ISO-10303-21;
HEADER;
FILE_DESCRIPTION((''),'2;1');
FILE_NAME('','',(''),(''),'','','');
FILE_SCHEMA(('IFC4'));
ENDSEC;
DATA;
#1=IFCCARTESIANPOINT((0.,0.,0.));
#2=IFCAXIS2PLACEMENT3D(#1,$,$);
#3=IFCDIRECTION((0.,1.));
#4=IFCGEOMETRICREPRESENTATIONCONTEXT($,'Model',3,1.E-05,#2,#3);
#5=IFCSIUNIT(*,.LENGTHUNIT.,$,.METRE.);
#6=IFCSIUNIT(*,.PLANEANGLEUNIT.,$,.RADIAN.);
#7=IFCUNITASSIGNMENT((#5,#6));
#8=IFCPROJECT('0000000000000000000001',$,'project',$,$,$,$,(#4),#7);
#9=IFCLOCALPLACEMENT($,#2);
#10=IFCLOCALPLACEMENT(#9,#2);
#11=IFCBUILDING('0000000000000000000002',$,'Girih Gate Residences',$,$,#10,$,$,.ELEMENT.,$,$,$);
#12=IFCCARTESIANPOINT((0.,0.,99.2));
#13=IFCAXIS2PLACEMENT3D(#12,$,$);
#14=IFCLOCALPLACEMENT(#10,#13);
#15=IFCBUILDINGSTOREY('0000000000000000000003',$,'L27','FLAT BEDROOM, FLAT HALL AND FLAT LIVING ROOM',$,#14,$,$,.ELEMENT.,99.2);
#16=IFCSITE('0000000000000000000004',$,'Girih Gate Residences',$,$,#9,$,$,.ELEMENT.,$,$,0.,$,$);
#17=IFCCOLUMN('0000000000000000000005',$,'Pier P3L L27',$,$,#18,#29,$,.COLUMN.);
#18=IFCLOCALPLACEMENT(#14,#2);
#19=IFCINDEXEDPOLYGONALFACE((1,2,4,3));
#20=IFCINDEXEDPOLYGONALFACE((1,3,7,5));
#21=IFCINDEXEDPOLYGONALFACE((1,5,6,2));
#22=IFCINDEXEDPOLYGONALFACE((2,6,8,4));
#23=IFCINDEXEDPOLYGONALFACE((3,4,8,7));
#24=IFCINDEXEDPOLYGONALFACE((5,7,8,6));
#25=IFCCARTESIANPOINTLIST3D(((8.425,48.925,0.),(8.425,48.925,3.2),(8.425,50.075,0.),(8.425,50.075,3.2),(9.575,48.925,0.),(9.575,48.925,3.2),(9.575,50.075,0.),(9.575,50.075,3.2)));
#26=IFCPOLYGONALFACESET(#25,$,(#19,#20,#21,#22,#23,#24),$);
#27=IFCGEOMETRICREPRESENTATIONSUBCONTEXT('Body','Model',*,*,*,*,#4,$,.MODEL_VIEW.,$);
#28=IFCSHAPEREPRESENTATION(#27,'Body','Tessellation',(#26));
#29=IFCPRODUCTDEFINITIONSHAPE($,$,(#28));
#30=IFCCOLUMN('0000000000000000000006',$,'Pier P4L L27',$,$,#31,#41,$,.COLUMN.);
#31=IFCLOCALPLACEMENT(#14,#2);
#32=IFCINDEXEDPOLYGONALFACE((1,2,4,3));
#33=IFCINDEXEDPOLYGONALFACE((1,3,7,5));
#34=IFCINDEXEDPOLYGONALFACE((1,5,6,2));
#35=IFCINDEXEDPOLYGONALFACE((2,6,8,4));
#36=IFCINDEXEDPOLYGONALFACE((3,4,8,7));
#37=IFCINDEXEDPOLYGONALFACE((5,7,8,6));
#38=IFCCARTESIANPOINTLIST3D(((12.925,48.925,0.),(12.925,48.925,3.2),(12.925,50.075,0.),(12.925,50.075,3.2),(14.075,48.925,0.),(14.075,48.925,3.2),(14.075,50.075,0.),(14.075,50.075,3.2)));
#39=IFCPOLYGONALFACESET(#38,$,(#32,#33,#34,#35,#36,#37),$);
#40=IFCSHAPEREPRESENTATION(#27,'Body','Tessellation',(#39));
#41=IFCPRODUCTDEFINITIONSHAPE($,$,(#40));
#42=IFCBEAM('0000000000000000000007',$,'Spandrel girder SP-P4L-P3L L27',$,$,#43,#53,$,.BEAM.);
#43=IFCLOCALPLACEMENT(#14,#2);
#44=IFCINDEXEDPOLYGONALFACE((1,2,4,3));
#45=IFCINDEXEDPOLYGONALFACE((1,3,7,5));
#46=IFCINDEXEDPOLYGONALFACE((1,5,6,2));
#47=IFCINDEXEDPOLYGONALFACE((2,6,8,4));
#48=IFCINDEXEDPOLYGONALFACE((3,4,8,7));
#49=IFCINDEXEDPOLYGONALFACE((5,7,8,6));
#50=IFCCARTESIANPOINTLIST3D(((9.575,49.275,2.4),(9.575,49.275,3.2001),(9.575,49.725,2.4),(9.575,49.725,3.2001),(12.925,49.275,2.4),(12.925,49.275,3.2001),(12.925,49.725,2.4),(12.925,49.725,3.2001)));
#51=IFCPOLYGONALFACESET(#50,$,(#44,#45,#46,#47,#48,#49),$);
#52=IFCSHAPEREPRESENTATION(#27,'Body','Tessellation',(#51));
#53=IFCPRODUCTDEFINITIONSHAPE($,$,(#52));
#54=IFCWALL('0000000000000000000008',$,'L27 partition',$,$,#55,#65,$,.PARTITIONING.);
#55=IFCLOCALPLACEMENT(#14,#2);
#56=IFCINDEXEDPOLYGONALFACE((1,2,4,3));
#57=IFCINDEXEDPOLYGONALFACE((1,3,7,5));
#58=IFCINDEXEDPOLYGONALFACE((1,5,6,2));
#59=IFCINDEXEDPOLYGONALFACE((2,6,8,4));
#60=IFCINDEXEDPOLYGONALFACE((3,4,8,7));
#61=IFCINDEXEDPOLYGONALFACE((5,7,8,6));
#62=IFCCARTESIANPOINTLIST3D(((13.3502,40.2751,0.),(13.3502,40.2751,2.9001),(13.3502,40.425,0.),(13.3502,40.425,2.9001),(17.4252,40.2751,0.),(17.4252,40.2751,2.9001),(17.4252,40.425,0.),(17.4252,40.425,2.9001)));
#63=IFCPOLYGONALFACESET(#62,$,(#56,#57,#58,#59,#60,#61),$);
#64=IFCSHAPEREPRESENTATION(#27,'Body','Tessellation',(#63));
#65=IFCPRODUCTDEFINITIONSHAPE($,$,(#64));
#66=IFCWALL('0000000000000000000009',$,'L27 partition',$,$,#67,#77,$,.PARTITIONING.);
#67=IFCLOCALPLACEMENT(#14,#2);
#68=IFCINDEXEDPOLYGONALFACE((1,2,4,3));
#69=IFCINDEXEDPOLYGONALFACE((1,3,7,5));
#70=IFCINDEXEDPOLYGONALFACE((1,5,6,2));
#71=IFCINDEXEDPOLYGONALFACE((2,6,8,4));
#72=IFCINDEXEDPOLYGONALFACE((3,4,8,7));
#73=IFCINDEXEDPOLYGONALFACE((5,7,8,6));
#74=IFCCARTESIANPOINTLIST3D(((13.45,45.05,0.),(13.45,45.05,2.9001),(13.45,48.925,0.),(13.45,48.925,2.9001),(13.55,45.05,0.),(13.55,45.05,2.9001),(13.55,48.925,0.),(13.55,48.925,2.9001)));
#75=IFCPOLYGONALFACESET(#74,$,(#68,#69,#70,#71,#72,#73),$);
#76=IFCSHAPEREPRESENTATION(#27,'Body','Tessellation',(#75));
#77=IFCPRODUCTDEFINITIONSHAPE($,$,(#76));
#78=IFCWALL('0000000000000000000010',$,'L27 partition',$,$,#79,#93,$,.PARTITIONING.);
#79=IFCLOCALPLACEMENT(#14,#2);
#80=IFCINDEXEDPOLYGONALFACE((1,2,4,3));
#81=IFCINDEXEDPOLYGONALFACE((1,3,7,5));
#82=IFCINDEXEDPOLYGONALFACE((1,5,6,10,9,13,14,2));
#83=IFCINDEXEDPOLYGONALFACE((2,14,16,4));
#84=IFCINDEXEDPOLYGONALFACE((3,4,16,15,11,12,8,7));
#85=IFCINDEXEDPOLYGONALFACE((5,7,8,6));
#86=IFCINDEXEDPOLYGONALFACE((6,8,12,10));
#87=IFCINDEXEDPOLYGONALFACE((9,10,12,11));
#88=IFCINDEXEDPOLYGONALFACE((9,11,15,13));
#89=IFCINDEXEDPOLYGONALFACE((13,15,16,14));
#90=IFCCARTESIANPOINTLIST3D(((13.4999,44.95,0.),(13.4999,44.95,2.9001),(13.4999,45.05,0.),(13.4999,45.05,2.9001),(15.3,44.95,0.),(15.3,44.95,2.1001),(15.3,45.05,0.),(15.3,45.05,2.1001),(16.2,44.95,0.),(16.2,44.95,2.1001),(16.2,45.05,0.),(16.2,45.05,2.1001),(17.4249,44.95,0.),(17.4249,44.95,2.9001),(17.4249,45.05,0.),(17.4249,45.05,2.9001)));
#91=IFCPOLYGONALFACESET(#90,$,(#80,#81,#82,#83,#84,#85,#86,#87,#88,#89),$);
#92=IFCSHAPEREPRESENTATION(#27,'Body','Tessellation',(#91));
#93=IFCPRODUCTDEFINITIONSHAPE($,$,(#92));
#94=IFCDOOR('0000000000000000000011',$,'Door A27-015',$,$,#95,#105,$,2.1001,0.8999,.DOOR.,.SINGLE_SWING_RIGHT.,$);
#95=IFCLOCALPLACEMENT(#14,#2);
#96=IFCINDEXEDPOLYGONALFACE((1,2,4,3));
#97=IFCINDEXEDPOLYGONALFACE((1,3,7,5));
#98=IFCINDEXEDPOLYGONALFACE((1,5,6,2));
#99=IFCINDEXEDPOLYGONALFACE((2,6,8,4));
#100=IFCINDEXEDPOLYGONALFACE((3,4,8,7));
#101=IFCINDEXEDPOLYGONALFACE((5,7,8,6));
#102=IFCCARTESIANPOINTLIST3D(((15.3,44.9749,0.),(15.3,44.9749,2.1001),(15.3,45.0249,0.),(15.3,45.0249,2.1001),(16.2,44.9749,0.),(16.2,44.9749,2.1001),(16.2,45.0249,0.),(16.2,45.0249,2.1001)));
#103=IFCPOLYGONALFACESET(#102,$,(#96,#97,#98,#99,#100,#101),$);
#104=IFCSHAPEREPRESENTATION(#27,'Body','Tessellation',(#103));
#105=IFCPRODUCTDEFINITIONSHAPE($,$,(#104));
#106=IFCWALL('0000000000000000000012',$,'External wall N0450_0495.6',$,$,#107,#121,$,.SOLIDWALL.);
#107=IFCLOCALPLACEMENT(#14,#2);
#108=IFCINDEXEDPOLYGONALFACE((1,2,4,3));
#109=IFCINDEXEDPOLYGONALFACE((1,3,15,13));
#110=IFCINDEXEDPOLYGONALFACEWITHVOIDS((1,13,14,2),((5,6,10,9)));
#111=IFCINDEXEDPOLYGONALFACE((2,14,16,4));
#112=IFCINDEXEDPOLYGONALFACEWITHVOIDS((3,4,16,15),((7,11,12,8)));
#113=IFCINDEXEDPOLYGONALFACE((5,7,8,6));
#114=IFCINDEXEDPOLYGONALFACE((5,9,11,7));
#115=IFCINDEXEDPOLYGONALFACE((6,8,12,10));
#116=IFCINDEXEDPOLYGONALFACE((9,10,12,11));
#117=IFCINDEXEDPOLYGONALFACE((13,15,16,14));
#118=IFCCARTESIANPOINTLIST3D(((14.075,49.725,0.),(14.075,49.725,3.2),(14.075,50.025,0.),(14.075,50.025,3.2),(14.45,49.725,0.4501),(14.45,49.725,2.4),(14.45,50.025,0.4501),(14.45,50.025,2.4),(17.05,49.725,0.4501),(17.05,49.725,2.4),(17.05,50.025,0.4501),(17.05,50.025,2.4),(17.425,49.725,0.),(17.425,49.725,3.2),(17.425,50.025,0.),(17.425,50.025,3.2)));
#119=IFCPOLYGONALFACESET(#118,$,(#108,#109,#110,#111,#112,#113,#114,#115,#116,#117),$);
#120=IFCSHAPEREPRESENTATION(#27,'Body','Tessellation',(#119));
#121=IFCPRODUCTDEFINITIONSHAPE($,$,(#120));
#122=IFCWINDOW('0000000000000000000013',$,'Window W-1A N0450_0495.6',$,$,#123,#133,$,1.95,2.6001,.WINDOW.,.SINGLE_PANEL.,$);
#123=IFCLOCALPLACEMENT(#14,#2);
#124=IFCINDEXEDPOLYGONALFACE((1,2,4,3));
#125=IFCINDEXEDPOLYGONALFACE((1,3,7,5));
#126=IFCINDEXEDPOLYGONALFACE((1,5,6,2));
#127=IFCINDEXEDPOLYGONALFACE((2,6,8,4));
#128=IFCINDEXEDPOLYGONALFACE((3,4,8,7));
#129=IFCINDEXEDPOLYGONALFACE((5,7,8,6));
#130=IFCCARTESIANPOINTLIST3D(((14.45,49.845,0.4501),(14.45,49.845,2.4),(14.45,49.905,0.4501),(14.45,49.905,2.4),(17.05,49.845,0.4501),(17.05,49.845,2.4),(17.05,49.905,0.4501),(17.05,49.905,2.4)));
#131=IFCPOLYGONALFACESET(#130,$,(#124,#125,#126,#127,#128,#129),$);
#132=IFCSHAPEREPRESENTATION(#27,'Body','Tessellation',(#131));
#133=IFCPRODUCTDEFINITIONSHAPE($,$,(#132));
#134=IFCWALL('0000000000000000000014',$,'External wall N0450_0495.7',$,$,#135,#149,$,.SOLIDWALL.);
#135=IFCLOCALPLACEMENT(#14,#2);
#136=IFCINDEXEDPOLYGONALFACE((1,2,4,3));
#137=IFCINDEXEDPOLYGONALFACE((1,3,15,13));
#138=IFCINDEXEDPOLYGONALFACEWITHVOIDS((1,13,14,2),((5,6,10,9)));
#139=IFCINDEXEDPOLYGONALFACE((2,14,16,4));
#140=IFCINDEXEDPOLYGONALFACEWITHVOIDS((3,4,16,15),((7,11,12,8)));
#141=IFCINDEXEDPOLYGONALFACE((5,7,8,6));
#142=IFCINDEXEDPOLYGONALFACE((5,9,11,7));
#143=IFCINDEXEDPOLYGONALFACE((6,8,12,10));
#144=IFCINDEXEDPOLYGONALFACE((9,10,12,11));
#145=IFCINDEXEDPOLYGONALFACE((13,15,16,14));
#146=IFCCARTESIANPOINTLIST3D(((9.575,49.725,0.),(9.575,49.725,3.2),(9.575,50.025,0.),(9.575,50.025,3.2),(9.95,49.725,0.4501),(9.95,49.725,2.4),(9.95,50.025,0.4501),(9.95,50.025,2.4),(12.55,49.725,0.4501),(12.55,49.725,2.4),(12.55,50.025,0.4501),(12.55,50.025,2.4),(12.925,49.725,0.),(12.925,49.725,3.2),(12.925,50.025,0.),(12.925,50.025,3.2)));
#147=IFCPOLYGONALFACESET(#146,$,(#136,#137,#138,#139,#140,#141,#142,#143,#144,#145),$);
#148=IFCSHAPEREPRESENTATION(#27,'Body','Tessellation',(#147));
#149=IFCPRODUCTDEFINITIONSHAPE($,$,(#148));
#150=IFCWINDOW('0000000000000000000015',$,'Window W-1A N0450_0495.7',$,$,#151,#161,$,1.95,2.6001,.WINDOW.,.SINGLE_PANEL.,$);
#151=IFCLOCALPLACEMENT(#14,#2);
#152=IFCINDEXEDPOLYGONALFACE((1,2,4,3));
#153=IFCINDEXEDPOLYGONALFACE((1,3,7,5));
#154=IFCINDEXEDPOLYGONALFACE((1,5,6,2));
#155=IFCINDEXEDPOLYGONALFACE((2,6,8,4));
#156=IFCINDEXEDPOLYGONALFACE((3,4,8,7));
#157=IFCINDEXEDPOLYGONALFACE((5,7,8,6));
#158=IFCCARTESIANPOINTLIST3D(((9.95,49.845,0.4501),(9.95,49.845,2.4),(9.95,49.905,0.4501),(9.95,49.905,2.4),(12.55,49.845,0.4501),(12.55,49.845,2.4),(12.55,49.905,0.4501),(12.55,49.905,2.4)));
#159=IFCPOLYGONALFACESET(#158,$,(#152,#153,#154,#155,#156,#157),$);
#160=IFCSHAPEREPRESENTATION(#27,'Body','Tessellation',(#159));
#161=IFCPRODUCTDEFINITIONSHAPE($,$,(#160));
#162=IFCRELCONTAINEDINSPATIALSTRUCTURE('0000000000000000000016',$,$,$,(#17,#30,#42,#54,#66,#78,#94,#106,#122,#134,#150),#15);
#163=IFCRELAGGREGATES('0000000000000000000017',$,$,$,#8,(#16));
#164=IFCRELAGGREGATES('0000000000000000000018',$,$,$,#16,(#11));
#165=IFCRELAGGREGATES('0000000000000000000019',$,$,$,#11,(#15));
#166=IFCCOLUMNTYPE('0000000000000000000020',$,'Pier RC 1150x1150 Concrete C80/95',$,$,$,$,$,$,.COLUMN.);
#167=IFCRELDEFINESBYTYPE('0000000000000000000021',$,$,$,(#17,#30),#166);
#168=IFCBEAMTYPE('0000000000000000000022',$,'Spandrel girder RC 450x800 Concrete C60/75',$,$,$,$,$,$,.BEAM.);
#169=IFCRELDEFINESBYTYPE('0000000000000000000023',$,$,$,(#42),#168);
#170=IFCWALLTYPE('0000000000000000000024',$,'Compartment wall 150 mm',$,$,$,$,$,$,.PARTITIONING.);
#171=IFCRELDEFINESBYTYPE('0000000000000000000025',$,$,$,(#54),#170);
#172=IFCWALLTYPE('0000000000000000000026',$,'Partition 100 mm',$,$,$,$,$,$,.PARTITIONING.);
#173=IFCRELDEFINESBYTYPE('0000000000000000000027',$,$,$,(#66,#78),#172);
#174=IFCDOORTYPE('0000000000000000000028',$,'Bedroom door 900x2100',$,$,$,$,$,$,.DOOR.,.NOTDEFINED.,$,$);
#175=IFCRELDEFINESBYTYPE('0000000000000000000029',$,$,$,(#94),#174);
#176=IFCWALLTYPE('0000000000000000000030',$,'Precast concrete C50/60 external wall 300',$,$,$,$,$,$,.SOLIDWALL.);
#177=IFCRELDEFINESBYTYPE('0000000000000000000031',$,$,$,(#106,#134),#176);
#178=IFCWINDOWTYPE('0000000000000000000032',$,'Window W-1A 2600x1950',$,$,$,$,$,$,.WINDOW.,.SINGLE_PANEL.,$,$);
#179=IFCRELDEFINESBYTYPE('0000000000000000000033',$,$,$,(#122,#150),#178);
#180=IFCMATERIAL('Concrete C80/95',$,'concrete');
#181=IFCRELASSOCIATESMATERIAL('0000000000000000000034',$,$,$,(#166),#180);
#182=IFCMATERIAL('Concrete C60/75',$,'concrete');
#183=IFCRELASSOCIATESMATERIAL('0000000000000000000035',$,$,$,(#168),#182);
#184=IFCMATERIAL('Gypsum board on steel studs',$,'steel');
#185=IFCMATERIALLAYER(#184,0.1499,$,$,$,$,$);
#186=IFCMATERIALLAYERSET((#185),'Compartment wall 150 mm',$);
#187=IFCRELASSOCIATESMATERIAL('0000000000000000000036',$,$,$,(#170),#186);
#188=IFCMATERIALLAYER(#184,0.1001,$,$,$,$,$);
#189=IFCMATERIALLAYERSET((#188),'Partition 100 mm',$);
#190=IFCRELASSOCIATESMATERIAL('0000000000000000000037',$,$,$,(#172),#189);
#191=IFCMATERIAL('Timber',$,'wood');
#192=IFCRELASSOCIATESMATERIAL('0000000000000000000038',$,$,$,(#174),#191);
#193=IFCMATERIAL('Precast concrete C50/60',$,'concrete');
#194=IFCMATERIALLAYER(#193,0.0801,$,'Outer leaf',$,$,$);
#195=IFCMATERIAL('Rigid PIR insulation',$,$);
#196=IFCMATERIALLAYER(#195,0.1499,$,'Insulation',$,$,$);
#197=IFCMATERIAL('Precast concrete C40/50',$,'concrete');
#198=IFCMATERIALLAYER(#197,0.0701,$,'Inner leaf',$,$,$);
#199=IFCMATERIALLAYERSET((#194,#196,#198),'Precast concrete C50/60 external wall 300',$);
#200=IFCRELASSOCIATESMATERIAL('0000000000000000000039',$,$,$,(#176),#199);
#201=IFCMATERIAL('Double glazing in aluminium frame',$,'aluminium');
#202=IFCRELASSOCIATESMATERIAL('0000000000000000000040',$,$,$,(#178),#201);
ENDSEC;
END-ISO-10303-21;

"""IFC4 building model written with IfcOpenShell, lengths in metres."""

from ifc_helpers import new_model, si_unit, direction, frame, frame_2d, origin, origin_2d, place, context, subcontext, project, spatial, rectangle, extrude, material, layer, layer_set, material_profile, profile_set, type_object, element, fill, save


model = new_model("IFC4")

# Units and contexts
model_context = context("Model", 3, precision=1e-05, world=origin(), true_north=direction((0.0, 1.0)))
body_context = subcontext(model_context, "Body", "Model", "MODEL_VIEW")
ifc_project = project(units=[si_unit("LENGTHUNIT", "METRE"), si_unit("PLANEANGLEUNIT", "RADIAN")], contexts=[model_context])

# Site, building, storey
site_placement = place(None, origin())
site = spatial("IfcSite", under=ifc_project, at=site_placement, Name="Girih Gate Residences", CompositionType="ELEMENT", RefElevation=0.0)
building_placement = place(site_placement, origin())
building = spatial("IfcBuilding", under=site, at=building_placement, Name="Girih Gate Residences", CompositionType="ELEMENT")
storey_placement = place(building_placement, frame((0.0, 0.0, 99.2)))
storey = spatial("IfcBuildingStorey", under=building, at=storey_placement, Name="L27", Description="FLAT BEDROOM, FLAT HALL AND FLAT LIVING ROOM", CompositionType="ELEMENT", Elevation=99.2)

# Columns
ifc_material_1 = material(Name="Concrete C80/95", Category="concrete")
ifc_material_profile_1 = material_profile(ifc_material_1, rectangle(XDim=1.1499, YDim=1.1499, at=origin_2d()))
ifc_profile_set_1 = profile_set([ifc_material_profile_1], Name="Concrete C80/95")
column_type = type_object("IfcColumnType", Name="Pier RC 1150x1150 Concrete C80/95", PredefinedType="COLUMN", material=ifc_profile_set_1)
for number, where, z_axis, x_axis, name in (
    (1, (9.0, 49.5, 0.0), (0.0, 0.0, 1.0), (1.0, 0.0, 0.0), "Pier P3L L27"),
    (2, (13.5, 49.5, 0.0), (0.0, 0.0, 1.0), (1.0, 0.0, 0.0), "Pier P4L L27"),
):
    element("IfcColumn", number, at=place(storey_placement, frame(where, z_axis=z_axis, x_axis=x_axis)), inside=storey, type_object=column_type, Name=name, PredefinedType="COLUMN", context=body_context, shape_type="SweptSolid", body=[
        extrude(rectangle(XDim=1.1499, YDim=1.1499, at=origin_2d()), origin(), (0.0, 0.0, 1.0), 3.2),
    ])

# Beam
ifc_material_2 = material(Name="Concrete C60/75", Category="concrete")
ifc_material_profile_2 = material_profile(ifc_material_2, rectangle(XDim=0.45, YDim=0.8, at=origin_2d()))
ifc_profile_set_2 = profile_set([ifc_material_profile_2], Name="Concrete C60/75")
beam_type = type_object("IfcBeamType", Name="Spandrel girder RC 450x800 Concrete C60/75", PredefinedType="BEAM", material=ifc_profile_set_2)
beam_placement = place(storey_placement, frame((12.925, 49.5, 2.8), z_axis=(-1.0, 0.0, 0.0), x_axis=(0.0, -1.0, 0.0)))
element("IfcBeam", 3, at=beam_placement, inside=storey, type_object=beam_type, Name="Spandrel girder SP-P4L-P3L L27", PredefinedType="BEAM", context=body_context, shape_type="SweptSolid", body=[
    extrude(rectangle(XDim=0.45, YDim=0.8, at=origin_2d()), origin(), (0.0, 0.0, 1.0), 3.3501),
])

# Walls
ifc_material_3 = material(Name="Gypsum board on steel studs", Category="steel")
ifc_layer_1 = layer(ifc_material_3, 0.1499)
ifc_layer_set_1 = layer_set([ifc_layer_1], Name="Compartment wall 150 mm")
wall_type_1 = type_object("IfcWallType", Name="Compartment wall 150 mm", PredefinedType="PARTITIONING", material=ifc_layer_set_1)
wall_1_placement = place(storey_placement, frame((13.3501, 40.3501, 0.0), z_axis=(0.0, 0.0, 1.0), x_axis=(1.0, 0.0, 0.0)))
element("IfcWall", 4, at=wall_1_placement, inside=storey, type_object=wall_type_1, Name="L27 partition", PredefinedType="PARTITIONING", context=body_context, shape_type="SweptSolid", body=[
    extrude(rectangle(XDim=4.075, YDim=0.1499, at=frame_2d((2.0376, 0.0))), origin(), (0.0, 0.0, 1.0), 2.9001),
])
ifc_layer_2 = layer(ifc_material_3, 0.1001)
ifc_layer_set_2 = layer_set([ifc_layer_2], Name="Partition 100 mm")
wall_type_2 = type_object("IfcWallType", Name="Partition 100 mm", PredefinedType="PARTITIONING", material=ifc_layer_set_2)
wall_2_placement = place(storey_placement, frame((13.5, 45.05, 0.0), z_axis=(0.0, 0.0, 1.0), x_axis=(0.0, 1.0, 0.0)))
element("IfcWall", 5, at=wall_2_placement, inside=storey, type_object=wall_type_2, Name="L27 partition", PredefinedType="PARTITIONING", context=body_context, shape_type="SweptSolid", body=[
    extrude(rectangle(XDim=3.875, YDim=0.1001, at=frame_2d((1.9375, 0.0))), origin(), (0.0, 0.0, 1.0), 2.9001),
])

# Wall, opening, door
wall_3_placement = place(storey_placement, frame((13.5, 45.0, 0.0), z_axis=(0.0, 0.0, 1.0), x_axis=(1.0, 0.0, 0.0)))
wall_3 = element("IfcWall", 6, at=wall_3_placement, inside=storey, type_object=wall_type_2, Name="L27 partition", PredefinedType="PARTITIONING", context=body_context, shape_type="SweptSolid", body=[
    extrude(rectangle(XDim=3.925, YDim=0.1001, at=frame_2d((1.9624, 0.0))), origin(), (0.0, 0.0, 1.0), 2.9001),
])
opening_1_placement = place(wall_3_placement, frame((1.8, 0.0, 0.0)))
opening_1 = element("IfcOpeningElement", 7, at=opening_1_placement, cuts=wall_3, PredefinedType="OPENING", context=body_context, shape_type="SweptSolid", body=[
    extrude(rectangle(XDim=0.8999, YDim=2.1001, at=frame_2d((0.45, 1.05))), frame((0.0, 0.0601, 0.0), z_axis=(0.0, -1.0, 0.0), x_axis=(1.0, 0.0, 0.0)), (0.0, 0.0, 1.0), 0.1201),
])
ifc_material_4 = material(Name="Timber", Category="wood")
door_type_1 = type_object("IfcDoorType", Name="Bedroom door 900x2100", OperationType="NOTDEFINED", PredefinedType="DOOR", material=ifc_material_4)
door_1_placement = place(opening_1_placement, origin())
door_1 = element("IfcDoor", 8, at=door_1_placement, inside=storey, type_object=door_type_1, Name="Door A27-015", OperationType="SINGLE_SWING_RIGHT", OverallHeight=2.1001, OverallWidth=0.8999, PredefinedType="DOOR", context=body_context, shape_type="SweptSolid", body=[
    extrude(rectangle(XDim=0.8999, YDim=2.1001, at=frame_2d((0.45, 1.05))), frame((0.0, 0.0249, 0.0), z_axis=(0.0, -1.0, 0.0), x_axis=(1.0, 0.0, 0.0)), (0.0, 0.0, 1.0), 0.05),
])
fill(opening_1, door_1)

# Walls, openings, windows
ifc_material_5 = material(Name="Precast concrete C50/60", Category="concrete")
ifc_layer_3 = layer(ifc_material_5, 0.0801, Name="Outer leaf")
ifc_material_6 = material(Name="Rigid PIR insulation")
ifc_layer_4 = layer(ifc_material_6, 0.1499, Name="Insulation")
ifc_material_7 = material(Name="Precast concrete C40/50", Category="concrete")
ifc_layer_5 = layer(ifc_material_7, 0.0701, Name="Inner leaf")
ifc_layer_set_3 = layer_set([ifc_layer_3, ifc_layer_4, ifc_layer_5], Name="Precast concrete C50/60 external wall 300")
wall_type_3 = type_object("IfcWallType", Name="Precast concrete C50/60 external wall 300", PredefinedType="SOLIDWALL", material=ifc_layer_set_3)
wall_4_placement = place(storey_placement, frame((14.075, 49.875, 0.0), z_axis=(0.0, 0.0, 1.0), x_axis=(1.0, 0.0, 0.0)))
wall_4 = element("IfcWall", 9, at=wall_4_placement, inside=storey, type_object=wall_type_3, Name="External wall N0450_0495.6", PredefinedType="SOLIDWALL", context=body_context, shape_type="SweptSolid", body=[
    extrude(rectangle(XDim=3.3501, YDim=0.3, at=frame_2d((1.675, 0.0))), origin(), (0.0, 0.0, 1.0), 3.2),
])
opening_2_placement = place(wall_4_placement, frame((0.375, 0.0, 0.45)))
opening_2 = element("IfcOpeningElement", 10, at=opening_2_placement, cuts=wall_4, PredefinedType="OPENING", context=body_context, shape_type="SweptSolid", body=[
    extrude(rectangle(XDim=2.6001, YDim=1.95, at=frame_2d((1.3, 0.9751))), frame((0.0, 0.1599, 0.0), z_axis=(0.0, -1.0, 0.0), x_axis=(1.0, 0.0, 0.0)), (0.0, 0.0, 1.0), 0.3201),
])
ifc_material_8 = material(Name="Double glazing in aluminium frame", Category="aluminium")
window_type = type_object("IfcWindowType", Name="Window W-1A 2600x1950", PartitioningType="SINGLE_PANEL", PredefinedType="WINDOW", material=ifc_material_8)
window_1_placement = place(opening_2_placement, origin())
window_1 = element("IfcWindow", 11, at=window_1_placement, inside=storey, type_object=window_type, Name="Window W-1A N0450_0495.6", OverallHeight=1.95, OverallWidth=2.6001, PartitioningType="SINGLE_PANEL", PredefinedType="WINDOW", context=body_context, shape_type="SweptSolid", body=[
    extrude(rectangle(XDim=2.6001, YDim=1.95, at=frame_2d((1.3, 0.9751))), frame((0.0, 0.03, 0.0), z_axis=(0.0, -1.0, 0.0), x_axis=(1.0, 0.0, 0.0)), (0.0, 0.0, 1.0), 0.0601),
])
fill(opening_2, window_1)
wall_5_placement = place(storey_placement, frame((9.575, 49.875, 0.0), z_axis=(0.0, 0.0, 1.0), x_axis=(1.0, 0.0, 0.0)))
wall_5 = element("IfcWall", 12, at=wall_5_placement, inside=storey, type_object=wall_type_3, Name="External wall N0450_0495.7", PredefinedType="SOLIDWALL", context=body_context, shape_type="SweptSolid", body=[
    extrude(rectangle(XDim=3.3501, YDim=0.3, at=frame_2d((1.675, 0.0))), origin(), (0.0, 0.0, 1.0), 3.2),
])
opening_3_placement = place(wall_5_placement, frame((0.375, 0.0, 0.45)))
opening_3 = element("IfcOpeningElement", 13, at=opening_3_placement, cuts=wall_5, PredefinedType="OPENING", context=body_context, shape_type="SweptSolid", body=[
    extrude(rectangle(XDim=2.6001, YDim=1.95, at=frame_2d((1.3, 0.9751))), frame((0.0, 0.1599, 0.0), z_axis=(0.0, -1.0, 0.0), x_axis=(1.0, 0.0, 0.0)), (0.0, 0.0, 1.0), 0.3201),
])
window_2_placement = place(opening_3_placement, origin())
window_2 = element("IfcWindow", 14, at=window_2_placement, inside=storey, type_object=window_type, Name="Window W-1A N0450_0495.7", OverallHeight=1.95, OverallWidth=2.6001, PartitioningType="SINGLE_PANEL", PredefinedType="WINDOW", context=body_context, shape_type="SweptSolid", body=[
    extrude(rectangle(XDim=2.6001, YDim=1.95, at=frame_2d((1.3, 0.9751))), frame((0.0, 0.03, 0.0), z_axis=(0.0, -1.0, 0.0), x_axis=(1.0, 0.0, 0.0)), (0.0, 0.0, 1.0), 0.0601),
])
fill(opening_3, window_2)

save(model, "model.ifc")
